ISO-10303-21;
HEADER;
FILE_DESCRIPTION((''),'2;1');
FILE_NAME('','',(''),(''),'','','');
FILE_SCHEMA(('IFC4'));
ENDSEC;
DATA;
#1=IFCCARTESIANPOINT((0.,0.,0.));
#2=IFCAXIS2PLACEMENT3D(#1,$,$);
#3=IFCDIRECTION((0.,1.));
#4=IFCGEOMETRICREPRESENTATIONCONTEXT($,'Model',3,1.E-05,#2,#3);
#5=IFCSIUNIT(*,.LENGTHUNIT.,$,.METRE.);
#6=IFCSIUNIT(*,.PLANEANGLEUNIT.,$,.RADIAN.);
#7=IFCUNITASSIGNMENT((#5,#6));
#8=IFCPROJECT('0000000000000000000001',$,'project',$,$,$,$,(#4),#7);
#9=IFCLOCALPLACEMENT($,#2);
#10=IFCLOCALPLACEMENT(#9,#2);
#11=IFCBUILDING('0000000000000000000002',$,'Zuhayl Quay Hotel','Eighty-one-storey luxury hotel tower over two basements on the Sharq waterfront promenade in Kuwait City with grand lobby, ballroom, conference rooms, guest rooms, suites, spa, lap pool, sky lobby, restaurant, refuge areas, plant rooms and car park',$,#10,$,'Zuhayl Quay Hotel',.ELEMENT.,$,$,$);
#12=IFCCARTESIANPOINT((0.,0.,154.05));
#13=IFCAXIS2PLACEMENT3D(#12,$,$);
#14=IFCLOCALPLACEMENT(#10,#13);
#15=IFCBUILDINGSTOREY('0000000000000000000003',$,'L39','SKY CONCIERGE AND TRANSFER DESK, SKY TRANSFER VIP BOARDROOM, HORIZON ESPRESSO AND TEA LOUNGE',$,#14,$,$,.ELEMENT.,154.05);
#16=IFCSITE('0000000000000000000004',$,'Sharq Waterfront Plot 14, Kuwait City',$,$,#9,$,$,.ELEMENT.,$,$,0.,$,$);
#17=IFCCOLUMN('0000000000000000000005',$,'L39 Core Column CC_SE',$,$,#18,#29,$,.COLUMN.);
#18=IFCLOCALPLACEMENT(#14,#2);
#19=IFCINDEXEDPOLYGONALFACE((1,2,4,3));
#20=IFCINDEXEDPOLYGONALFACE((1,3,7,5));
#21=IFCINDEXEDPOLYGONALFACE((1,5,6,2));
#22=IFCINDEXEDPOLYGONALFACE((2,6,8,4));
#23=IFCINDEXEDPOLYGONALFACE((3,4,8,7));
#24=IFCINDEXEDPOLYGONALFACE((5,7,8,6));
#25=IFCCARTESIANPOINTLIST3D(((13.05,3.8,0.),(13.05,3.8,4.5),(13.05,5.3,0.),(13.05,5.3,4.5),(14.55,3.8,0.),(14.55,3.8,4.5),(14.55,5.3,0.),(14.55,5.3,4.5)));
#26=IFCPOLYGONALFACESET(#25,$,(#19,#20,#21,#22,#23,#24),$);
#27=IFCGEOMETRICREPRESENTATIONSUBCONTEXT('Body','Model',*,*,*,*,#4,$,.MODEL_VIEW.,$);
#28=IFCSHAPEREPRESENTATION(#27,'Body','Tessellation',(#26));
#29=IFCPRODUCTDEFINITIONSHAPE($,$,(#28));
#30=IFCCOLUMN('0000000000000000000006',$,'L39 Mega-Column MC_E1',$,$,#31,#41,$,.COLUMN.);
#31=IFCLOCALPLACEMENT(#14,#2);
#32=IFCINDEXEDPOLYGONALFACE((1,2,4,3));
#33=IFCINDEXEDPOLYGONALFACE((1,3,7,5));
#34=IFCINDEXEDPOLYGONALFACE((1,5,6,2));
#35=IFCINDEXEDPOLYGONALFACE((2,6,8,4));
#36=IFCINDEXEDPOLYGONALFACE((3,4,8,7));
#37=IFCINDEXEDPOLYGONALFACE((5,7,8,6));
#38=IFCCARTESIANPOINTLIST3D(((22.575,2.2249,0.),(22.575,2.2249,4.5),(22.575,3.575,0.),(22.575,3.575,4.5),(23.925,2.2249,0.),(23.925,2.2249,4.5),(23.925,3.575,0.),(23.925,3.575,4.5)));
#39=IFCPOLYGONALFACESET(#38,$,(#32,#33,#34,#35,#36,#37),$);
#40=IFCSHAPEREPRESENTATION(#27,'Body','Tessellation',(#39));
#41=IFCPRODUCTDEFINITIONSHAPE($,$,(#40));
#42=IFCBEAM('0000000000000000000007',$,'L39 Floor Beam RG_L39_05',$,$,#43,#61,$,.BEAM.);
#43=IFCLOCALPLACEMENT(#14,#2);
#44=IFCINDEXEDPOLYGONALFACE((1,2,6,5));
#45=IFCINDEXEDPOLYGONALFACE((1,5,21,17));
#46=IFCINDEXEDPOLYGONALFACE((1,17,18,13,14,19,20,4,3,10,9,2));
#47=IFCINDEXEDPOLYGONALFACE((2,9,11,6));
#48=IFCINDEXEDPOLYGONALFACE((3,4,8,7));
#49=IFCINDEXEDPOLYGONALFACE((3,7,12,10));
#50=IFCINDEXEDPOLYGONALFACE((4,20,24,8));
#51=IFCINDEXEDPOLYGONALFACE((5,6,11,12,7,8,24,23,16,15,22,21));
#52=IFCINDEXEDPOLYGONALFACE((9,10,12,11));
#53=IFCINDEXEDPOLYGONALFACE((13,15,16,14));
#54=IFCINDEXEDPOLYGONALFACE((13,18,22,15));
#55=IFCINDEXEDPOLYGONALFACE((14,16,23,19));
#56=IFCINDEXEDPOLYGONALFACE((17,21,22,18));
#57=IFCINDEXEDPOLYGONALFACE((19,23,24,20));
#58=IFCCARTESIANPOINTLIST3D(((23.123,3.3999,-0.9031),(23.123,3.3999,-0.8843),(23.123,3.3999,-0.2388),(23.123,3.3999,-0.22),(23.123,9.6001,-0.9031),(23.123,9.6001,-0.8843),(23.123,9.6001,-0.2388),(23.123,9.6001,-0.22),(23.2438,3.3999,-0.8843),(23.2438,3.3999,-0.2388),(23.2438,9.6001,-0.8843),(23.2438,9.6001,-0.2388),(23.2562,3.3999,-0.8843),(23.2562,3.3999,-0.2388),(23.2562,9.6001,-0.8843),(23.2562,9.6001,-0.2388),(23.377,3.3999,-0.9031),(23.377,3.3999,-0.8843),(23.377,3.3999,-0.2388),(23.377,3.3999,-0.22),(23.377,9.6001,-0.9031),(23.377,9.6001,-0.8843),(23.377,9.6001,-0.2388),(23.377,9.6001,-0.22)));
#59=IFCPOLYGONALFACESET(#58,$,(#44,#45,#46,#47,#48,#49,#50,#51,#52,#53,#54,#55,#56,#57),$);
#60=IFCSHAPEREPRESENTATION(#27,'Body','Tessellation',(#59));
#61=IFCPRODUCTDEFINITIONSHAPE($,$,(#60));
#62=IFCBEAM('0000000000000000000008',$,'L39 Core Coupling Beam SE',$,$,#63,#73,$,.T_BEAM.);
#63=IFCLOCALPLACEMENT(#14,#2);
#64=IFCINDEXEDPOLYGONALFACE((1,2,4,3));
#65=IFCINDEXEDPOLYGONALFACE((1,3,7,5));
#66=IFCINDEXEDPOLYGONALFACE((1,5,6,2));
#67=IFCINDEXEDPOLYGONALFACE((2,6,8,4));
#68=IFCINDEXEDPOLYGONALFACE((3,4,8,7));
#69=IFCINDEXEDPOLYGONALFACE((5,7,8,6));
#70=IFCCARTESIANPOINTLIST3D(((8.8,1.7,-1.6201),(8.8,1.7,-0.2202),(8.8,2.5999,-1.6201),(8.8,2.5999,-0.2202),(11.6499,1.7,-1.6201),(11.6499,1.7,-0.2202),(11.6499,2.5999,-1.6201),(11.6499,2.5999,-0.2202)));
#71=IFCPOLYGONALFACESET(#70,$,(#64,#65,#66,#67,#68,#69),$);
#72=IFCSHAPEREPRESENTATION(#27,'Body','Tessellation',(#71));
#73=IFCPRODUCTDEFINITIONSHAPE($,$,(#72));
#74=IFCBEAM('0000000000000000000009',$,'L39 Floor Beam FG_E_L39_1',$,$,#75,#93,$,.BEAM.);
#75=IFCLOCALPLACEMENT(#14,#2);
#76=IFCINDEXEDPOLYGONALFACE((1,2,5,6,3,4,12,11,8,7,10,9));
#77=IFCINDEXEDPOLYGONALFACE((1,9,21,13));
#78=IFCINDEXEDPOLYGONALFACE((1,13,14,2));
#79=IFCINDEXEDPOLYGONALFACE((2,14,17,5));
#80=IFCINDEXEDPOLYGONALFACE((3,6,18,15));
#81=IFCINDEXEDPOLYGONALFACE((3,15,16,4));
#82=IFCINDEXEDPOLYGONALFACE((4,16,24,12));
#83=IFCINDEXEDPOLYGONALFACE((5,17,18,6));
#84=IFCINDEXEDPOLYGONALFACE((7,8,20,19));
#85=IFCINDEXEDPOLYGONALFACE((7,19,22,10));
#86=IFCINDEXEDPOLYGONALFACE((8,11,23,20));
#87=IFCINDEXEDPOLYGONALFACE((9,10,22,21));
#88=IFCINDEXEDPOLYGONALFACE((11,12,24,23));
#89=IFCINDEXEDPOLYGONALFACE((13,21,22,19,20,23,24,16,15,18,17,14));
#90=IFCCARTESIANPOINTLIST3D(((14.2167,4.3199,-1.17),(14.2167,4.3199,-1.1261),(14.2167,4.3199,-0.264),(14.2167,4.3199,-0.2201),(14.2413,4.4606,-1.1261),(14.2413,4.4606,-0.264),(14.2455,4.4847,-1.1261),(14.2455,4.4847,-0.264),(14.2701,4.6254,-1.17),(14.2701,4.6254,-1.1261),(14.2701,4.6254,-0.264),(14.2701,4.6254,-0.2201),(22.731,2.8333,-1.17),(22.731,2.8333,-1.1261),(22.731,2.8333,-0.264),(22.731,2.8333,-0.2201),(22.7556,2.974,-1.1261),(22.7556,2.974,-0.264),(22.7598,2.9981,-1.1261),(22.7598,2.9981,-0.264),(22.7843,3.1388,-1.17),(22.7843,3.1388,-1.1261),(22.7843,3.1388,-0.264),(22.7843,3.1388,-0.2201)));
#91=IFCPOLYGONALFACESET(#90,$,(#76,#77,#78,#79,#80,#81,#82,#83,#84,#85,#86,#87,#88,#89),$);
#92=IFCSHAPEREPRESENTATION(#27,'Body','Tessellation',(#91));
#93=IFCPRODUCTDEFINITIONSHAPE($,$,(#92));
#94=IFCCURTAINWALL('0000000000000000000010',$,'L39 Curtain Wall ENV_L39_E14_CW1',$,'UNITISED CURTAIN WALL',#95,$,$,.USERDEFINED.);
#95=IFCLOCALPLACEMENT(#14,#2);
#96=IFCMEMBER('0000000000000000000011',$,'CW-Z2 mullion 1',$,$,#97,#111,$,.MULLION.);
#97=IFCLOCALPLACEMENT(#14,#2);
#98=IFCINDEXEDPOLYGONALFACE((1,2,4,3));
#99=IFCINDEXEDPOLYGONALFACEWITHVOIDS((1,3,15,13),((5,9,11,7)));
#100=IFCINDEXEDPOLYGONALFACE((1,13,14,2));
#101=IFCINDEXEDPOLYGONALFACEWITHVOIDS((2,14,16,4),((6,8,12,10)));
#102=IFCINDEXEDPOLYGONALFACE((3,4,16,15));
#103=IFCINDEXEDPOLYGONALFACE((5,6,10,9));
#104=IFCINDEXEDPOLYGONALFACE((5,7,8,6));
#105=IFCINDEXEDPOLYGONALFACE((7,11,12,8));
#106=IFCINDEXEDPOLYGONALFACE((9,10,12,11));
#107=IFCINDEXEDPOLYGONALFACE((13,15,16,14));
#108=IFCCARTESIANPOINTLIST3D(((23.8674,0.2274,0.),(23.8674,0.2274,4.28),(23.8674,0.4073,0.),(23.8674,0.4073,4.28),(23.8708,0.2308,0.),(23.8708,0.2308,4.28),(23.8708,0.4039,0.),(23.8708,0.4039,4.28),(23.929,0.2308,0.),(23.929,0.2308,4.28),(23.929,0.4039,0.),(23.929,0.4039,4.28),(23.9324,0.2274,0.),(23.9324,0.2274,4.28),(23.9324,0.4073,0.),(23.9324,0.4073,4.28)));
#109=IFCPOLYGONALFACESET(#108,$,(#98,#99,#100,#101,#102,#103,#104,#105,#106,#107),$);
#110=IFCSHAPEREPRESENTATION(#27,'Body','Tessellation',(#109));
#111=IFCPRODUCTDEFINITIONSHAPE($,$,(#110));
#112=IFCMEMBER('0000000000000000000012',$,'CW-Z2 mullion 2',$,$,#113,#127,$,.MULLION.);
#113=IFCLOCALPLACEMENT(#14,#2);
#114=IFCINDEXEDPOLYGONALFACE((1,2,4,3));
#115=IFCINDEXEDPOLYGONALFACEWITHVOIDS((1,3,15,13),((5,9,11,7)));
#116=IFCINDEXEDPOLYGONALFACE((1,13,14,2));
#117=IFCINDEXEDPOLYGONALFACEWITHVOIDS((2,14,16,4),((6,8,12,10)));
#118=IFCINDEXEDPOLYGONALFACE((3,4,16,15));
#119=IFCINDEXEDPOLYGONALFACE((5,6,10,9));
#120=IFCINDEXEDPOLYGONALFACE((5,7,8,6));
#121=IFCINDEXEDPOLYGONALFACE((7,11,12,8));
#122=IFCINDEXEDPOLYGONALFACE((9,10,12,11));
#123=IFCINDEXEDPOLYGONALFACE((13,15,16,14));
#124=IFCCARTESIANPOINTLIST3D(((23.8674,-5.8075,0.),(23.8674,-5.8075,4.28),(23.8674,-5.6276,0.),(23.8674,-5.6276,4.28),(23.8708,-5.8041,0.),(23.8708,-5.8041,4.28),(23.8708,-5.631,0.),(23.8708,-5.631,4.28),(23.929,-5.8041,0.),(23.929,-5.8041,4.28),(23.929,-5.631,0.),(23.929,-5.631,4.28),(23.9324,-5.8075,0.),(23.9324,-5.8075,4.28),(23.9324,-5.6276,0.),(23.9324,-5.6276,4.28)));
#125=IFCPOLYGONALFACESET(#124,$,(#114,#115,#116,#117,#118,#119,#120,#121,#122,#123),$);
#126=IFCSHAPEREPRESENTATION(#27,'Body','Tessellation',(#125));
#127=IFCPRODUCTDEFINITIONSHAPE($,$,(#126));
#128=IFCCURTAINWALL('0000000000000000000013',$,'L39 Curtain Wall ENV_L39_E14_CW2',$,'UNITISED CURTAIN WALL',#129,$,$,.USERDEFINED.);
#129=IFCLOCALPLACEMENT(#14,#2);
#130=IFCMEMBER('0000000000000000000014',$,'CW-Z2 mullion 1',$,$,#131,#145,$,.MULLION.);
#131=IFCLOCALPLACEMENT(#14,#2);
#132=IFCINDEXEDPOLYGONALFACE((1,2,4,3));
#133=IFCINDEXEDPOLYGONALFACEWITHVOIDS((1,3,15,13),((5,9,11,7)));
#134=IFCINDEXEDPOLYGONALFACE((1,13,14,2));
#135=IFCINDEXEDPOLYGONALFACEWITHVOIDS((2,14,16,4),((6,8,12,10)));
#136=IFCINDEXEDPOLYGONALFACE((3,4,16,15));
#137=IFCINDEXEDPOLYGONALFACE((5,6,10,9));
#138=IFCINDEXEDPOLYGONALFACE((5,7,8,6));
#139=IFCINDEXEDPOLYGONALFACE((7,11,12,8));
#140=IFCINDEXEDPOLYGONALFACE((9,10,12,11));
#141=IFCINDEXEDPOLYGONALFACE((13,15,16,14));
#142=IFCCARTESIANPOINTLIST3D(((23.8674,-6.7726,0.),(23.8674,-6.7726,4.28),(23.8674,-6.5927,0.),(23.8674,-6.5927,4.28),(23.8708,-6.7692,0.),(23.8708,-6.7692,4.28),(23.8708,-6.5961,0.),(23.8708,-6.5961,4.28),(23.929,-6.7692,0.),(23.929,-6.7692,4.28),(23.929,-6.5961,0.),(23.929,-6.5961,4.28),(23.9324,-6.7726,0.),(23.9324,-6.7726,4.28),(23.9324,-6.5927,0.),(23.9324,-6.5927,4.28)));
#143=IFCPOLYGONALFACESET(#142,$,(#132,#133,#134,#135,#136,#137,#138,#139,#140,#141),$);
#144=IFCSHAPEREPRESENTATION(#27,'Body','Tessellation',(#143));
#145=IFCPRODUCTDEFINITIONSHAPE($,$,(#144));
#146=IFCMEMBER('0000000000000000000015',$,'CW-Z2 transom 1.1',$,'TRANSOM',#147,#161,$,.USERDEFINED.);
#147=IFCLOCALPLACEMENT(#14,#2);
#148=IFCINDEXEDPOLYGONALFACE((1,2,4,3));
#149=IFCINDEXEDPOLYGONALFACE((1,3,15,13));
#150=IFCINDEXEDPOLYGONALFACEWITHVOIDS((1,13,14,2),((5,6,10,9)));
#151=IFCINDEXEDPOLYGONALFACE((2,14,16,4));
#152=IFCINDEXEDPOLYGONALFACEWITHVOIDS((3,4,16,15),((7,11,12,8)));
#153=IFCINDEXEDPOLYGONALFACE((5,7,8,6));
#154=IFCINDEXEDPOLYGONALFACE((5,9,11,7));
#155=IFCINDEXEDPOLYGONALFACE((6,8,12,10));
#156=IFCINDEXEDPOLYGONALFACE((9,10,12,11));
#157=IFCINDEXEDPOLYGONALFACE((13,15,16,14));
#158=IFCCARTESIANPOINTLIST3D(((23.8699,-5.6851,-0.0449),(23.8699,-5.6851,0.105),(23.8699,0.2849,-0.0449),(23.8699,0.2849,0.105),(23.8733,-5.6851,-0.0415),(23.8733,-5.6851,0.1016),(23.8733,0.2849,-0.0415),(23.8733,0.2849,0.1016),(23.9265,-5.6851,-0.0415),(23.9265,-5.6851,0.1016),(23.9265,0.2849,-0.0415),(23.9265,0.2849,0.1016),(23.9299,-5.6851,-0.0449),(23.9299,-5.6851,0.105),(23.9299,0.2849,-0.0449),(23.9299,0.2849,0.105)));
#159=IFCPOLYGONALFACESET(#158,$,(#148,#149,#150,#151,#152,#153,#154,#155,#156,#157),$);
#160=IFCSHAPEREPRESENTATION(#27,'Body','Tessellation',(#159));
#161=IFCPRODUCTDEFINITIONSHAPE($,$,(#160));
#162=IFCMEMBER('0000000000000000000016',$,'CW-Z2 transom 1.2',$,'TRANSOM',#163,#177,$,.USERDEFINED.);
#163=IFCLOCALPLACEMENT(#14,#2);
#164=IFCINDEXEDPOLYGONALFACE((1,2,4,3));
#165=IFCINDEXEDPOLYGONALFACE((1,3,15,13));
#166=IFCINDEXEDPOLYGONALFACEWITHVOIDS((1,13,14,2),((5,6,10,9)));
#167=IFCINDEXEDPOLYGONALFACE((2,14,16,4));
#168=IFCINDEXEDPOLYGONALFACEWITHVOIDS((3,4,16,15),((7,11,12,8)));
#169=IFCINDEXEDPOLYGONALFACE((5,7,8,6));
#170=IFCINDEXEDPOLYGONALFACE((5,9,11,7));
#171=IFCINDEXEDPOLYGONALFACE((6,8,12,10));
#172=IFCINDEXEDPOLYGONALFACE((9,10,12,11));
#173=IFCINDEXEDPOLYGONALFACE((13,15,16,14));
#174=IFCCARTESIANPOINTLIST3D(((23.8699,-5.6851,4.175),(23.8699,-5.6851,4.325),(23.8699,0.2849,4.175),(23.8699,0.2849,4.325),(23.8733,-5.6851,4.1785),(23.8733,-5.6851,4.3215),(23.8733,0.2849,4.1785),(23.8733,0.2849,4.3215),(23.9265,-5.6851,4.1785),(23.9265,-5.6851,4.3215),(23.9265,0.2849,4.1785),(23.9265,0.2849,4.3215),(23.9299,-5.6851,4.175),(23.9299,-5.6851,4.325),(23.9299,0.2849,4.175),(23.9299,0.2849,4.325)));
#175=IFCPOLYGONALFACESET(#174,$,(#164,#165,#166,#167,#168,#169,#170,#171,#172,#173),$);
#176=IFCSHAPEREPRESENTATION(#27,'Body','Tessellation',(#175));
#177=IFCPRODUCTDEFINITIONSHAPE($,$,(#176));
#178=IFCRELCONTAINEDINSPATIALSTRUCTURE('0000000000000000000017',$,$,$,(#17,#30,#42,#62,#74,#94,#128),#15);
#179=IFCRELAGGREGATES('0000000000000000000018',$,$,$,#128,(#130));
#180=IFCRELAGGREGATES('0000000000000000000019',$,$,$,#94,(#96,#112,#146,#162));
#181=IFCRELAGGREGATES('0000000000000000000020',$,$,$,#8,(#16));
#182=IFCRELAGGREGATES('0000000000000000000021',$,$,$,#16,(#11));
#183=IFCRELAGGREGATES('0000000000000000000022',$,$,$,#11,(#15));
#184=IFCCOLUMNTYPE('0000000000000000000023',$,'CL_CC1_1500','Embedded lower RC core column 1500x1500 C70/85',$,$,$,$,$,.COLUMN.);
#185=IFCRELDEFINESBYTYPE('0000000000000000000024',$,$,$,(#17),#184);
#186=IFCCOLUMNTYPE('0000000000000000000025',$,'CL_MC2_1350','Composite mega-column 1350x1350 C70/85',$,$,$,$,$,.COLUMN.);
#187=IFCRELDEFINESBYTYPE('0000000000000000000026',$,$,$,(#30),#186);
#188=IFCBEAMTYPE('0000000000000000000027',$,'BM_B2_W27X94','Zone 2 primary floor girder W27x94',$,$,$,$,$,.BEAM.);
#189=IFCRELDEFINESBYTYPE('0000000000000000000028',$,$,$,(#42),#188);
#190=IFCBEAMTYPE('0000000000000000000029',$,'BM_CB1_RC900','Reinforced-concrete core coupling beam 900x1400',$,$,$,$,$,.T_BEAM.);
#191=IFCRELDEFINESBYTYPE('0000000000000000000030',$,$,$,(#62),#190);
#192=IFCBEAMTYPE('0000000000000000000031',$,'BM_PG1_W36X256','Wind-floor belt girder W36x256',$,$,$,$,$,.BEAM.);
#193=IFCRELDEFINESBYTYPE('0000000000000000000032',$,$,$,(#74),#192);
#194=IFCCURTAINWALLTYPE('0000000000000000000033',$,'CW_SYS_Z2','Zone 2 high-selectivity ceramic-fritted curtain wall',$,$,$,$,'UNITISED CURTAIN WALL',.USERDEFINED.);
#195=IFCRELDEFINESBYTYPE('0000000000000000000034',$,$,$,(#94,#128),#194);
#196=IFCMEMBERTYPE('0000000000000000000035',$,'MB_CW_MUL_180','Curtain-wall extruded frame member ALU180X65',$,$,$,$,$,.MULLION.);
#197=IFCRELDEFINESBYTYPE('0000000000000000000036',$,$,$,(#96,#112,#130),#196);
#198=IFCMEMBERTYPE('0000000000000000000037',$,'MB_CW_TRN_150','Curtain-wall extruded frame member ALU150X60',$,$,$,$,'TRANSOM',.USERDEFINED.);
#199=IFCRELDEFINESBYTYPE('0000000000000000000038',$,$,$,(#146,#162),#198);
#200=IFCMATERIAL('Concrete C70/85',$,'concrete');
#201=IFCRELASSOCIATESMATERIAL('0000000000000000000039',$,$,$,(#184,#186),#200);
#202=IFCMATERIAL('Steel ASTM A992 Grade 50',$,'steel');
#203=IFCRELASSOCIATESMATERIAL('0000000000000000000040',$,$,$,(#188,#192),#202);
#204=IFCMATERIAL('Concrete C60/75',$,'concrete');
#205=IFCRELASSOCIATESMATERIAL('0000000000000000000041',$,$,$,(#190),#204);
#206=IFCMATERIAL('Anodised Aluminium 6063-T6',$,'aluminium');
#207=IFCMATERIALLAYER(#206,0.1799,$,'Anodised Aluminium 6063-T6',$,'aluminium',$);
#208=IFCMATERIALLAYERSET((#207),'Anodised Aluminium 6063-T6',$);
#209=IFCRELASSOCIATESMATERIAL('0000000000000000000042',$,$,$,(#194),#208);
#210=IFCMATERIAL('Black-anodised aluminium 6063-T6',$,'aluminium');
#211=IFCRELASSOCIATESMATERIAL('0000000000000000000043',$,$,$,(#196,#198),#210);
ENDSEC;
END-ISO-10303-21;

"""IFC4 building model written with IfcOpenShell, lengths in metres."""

from ifc_helpers import new_model, si_unit, direction, frame, origin, origin_2d, place, context, subcontext, project, spatial, rectangle, hollow_rectangle, i_section, extrude, material, layer, layer_set, material_profile, profile_set, type_object, element, aggregate, save


model = new_model("IFC4")

# Units and contexts
model_context = context("Model", 3, precision=1e-05, world=origin(), true_north=direction((0.0, 1.0)))
body_context = subcontext(model_context, "Body", "Model", "MODEL_VIEW")
ifc_project = project(units=[si_unit("LENGTHUNIT", "METRE"), si_unit("PLANEANGLEUNIT", "RADIAN")], contexts=[model_context])

# Site, building, storey
site_placement = place(None, origin())
site = spatial("IfcSite", under=ifc_project, at=site_placement, Name="Sharq Waterfront Plot 14, Kuwait City", CompositionType="ELEMENT", RefElevation=0.0)
building_placement = place(site_placement, origin())
building = spatial("IfcBuilding", under=site, at=building_placement, Name="Zuhayl Quay Hotel", Description="Eighty-one-storey luxury hotel tower over two basements on the Sharq waterfront promenade in Kuwait City with grand lobby, ballroom, conference rooms, guest rooms, suites, spa, lap pool, sky lobby, restaurant, refuge areas, plant rooms and car park", LongName="Zuhayl Quay Hotel", CompositionType="ELEMENT")
storey_placement = place(building_placement, frame((0.0, 0.0, 154.05)))
storey = spatial("IfcBuildingStorey", under=building, at=storey_placement, Name="L39", Description="SKY CONCIERGE AND TRANSFER DESK, SKY TRANSFER VIP BOARDROOM, HORIZON ESPRESSO AND TEA LOUNGE", CompositionType="ELEMENT", Elevation=154.05)

# Columns
ifc_material_1 = material(Name="Concrete C70/85", Category="concrete")
ifc_material_profile_1 = material_profile(ifc_material_1, rectangle(XDim=1.5, YDim=1.5, at=origin_2d()), Name="RC1500X1500")
ifc_profile_set_1 = profile_set([ifc_material_profile_1], Name="Concrete C70/85")
column_type_1 = type_object("IfcColumnType", Name="CL_CC1_1500", Description="Embedded lower RC core column 1500x1500 C70/85", PredefinedType="COLUMN", material=ifc_profile_set_1)
column_1_placement = place(storey_placement, frame((13.8, 4.55, 0.0), z_axis=(0.0, 0.0, 1.0), x_axis=(1.0, 0.0, 0.0)))
element("IfcColumn", 1, at=column_1_placement, inside=storey, type_object=column_type_1, Name="L39 Core Column CC_SE", PredefinedType="COLUMN", context=body_context, shape_type="SweptSolid", body=[
    extrude(rectangle(XDim=1.5, YDim=1.5, at=origin_2d()), origin(), (0.0, 0.0, 1.0), 4.5),
])
ifc_material_profile_2 = material_profile(ifc_material_1, rectangle(XDim=1.3501, YDim=1.3501, at=origin_2d()), Name="RC1350X1350")
ifc_profile_set_2 = profile_set([ifc_material_profile_2], Name="Concrete C70/85")
column_type_2 = type_object("IfcColumnType", Name="CL_MC2_1350", Description="Composite mega-column 1350x1350 C70/85", PredefinedType="COLUMN", material=ifc_profile_set_2)
column_2_placement = place(storey_placement, frame((23.25, 2.8999, 0.0), z_axis=(0.0, 0.0, 1.0), x_axis=(1.0, 0.0, 0.0)))
element("IfcColumn", 2, at=column_2_placement, inside=storey, type_object=column_type_2, Name="L39 Mega-Column MC_E1", PredefinedType="COLUMN", context=body_context, shape_type="SweptSolid", body=[
    extrude(rectangle(XDim=1.3501, YDim=1.3501, at=origin_2d()), origin(), (0.0, 0.0, 1.0), 4.5),
])

# Beams
ifc_material_2 = material(Name="Steel ASTM A992 Grade 50", Category="steel")
ifc_material_profile_3 = material_profile(ifc_material_2, i_section(OverallWidth=0.2539, OverallDepth=0.6831, WebThickness=0.0125, FlangeThickness=0.0188, at=origin_2d()), Name="W27X94")
ifc_profile_set_3 = profile_set([ifc_material_profile_3], Name="Steel ASTM A992 Grade 50")
beam_type_1 = type_object("IfcBeamType", Name="BM_B2_W27X94", Description="Zone 2 primary floor girder W27x94", PredefinedType="BEAM", material=ifc_profile_set_3)
beam_1_placement = place(storey_placement, frame((23.25, 3.3999, -0.5615), z_axis=(0.0, 1.0, 0.0), x_axis=(-1.0, 0.0, 0.0)))
element("IfcBeam", 3, at=beam_1_placement, inside=storey, type_object=beam_type_1, Name="L39 Floor Beam RG_L39_05", PredefinedType="BEAM", context=body_context, shape_type="SweptSolid", body=[
    extrude(i_section(OverallWidth=0.2539, OverallDepth=0.6831, WebThickness=0.0125, FlangeThickness=0.0188, at=origin_2d()), origin(), (0.0, 0.0, 1.0), 6.2002),
])
ifc_material_3 = material(Name="Concrete C60/75", Category="concrete")
ifc_material_profile_4 = material_profile(ifc_material_3, rectangle(XDim=0.8999, YDim=1.3999, at=origin_2d()), Name="RC900X1400")
ifc_profile_set_4 = profile_set([ifc_material_profile_4], Name="Concrete C60/75")
beam_type_2 = type_object("IfcBeamType", Name="BM_CB1_RC900", Description="Reinforced-concrete core coupling beam 900x1400", PredefinedType="T_BEAM", material=ifc_profile_set_4)
beam_2_placement = place(storey_placement, frame((8.8, 2.1499, -0.9202), z_axis=(1.0, 0.0, 0.0), x_axis=(0.0, 1.0, 0.0)))
element("IfcBeam", 4, at=beam_2_placement, inside=storey, type_object=beam_type_2, Name="L39 Core Coupling Beam SE", PredefinedType="T_BEAM", context=body_context, shape_type="SweptSolid", body=[
    extrude(rectangle(XDim=0.8999, YDim=1.3999, at=origin_2d()), origin(), (0.0, 0.0, 1.0), 2.8499),
])
ifc_material_profile_5 = material_profile(ifc_material_2, i_section(OverallWidth=0.3101, OverallDepth=0.95, WebThickness=0.0244, FlangeThickness=0.0439, at=origin_2d()), Name="W36X256")
ifc_profile_set_5 = profile_set([ifc_material_profile_5], Name="Steel ASTM A992 Grade 50")
beam_type_3 = type_object("IfcBeamType", Name="BM_PG1_W36X256", Description="Wind-floor belt girder W36x256", PredefinedType="BEAM", material=ifc_profile_set_5)
beam_3_placement = place(storey_placement, frame((14.2434, 4.4727, -0.6951), z_axis=(0.985097, -0.171998, 0.0), x_axis=(0.171998, 0.985097, 0.0)))
element("IfcBeam", 5, at=beam_3_placement, inside=storey, type_object=beam_type_3, Name="L39 Floor Beam FG_E_L39_1", PredefinedType="BEAM", context=body_context, shape_type="SweptSolid", body=[
    extrude(i_section(OverallWidth=0.3101, OverallDepth=0.95, WebThickness=0.0244, FlangeThickness=0.0439, at=origin_2d()), origin(), (0.0, 0.0, 1.0), 8.6431),
])

# Curtain wall, members
ifc_material_4 = material(Name="Anodised Aluminium 6063-T6", Category="aluminium")
ifc_layer_1 = layer(ifc_material_4, 0.1799, Name="Anodised Aluminium 6063-T6", Category="aluminium")
ifc_layer_set_1 = layer_set([ifc_layer_1], Name="Anodised Aluminium 6063-T6")
curtain_wall_type = type_object("IfcCurtainWallType", Name="CW_SYS_Z2", Description="Zone 2 high-selectivity ceramic-fritted curtain wall", ElementType="UNITISED CURTAIN WALL", PredefinedType="USERDEFINED", material=ifc_layer_set_1)
curtain_wall_1_placement = place(storey_placement, origin())
curtain_wall_1 = element("IfcCurtainWall", 6, at=curtain_wall_1_placement, inside=storey, type_object=curtain_wall_type, Name="L39 Curtain Wall ENV_L39_E14_CW1", ObjectType="UNITISED CURTAIN WALL", PredefinedType="USERDEFINED")
ifc_material_5 = material(Name="Black-anodised aluminium 6063-T6", Category="aluminium")
ifc_material_profile_6 = material_profile(ifc_material_5, hollow_rectangle(XDim=0.0649, YDim=0.1799, WallThickness=0.0034, at=origin_2d()), Name="ALU180X65")
ifc_profile_set_6 = profile_set([ifc_material_profile_6], Name="Black-anodised aluminium 6063-T6")
member_type_1 = type_object("IfcMemberType", Name="MB_CW_MUL_180", Description="Curtain-wall extruded frame member ALU180X65", PredefinedType="MULLION", material=ifc_profile_set_6)
member_1_placement = place(storey_placement, frame((23.8999, 0.3174, 0.0), z_axis=(0.0, 0.0, 1.0), x_axis=(1.0, 0.0, 0.0)))
member_1 = element("IfcMember", 7, at=member_1_placement, type_object=member_type_1, Name="CW-Z2 mullion 1", PredefinedType="MULLION", context=body_context, shape_type="SweptSolid", body=[
    extrude(hollow_rectangle(XDim=0.0649, YDim=0.1799, WallThickness=0.0034, at=origin_2d()), origin(), (0.0, 0.0, 1.0), 4.28),
])
member_2_placement = place(storey_placement, frame((23.8999, -5.7175, 0.0), z_axis=(0.0, 0.0, 1.0), x_axis=(1.0, 0.0, 0.0)))
member_2 = element("IfcMember", 8, at=member_2_placement, type_object=member_type_1, Name="CW-Z2 mullion 2", PredefinedType="MULLION", context=body_context, shape_type="SweptSolid", body=[
    extrude(hollow_rectangle(XDim=0.0649, YDim=0.1799, WallThickness=0.0034, at=origin_2d()), origin(), (0.0, 0.0, 1.0), 4.28),
])

# Curtain wall, member
curtain_wall_2_placement = place(storey_placement, origin())
curtain_wall_2 = element("IfcCurtainWall", 9, at=curtain_wall_2_placement, inside=storey, type_object=curtain_wall_type, Name="L39 Curtain Wall ENV_L39_E14_CW2", ObjectType="UNITISED CURTAIN WALL", PredefinedType="USERDEFINED")
member_3_placement = place(storey_placement, frame((23.8999, -6.6826, 0.0), z_axis=(0.0, 0.0, 1.0), x_axis=(1.0, 0.0, 0.0)))
member_3 = element("IfcMember", 10, at=member_3_placement, type_object=member_type_1, Name="CW-Z2 mullion 1", PredefinedType="MULLION", context=body_context, shape_type="SweptSolid", body=[
    extrude(hollow_rectangle(XDim=0.0649, YDim=0.1799, WallThickness=0.0034, at=origin_2d()), origin(), (0.0, 0.0, 1.0), 4.28),
])

# Members
ifc_material_profile_7 = material_profile(ifc_material_5, hollow_rectangle(XDim=0.0601, YDim=0.1499, WallThickness=0.0034, at=origin_2d()), Name="ALU150X60")
ifc_profile_set_7 = profile_set([ifc_material_profile_7], Name="Black-anodised aluminium 6063-T6")
member_type_2 = type_object("IfcMemberType", Name="MB_CW_TRN_150", Description="Curtain-wall extruded frame member ALU150X60", ElementType="TRANSOM", PredefinedType="USERDEFINED", material=ifc_profile_set_7)
member_4_placement = place(storey_placement, frame((23.8999, 0.2849, 0.03), z_axis=(0.0, -1.0, 0.0), x_axis=(1.0, 0.0, 0.0)))
member_4 = element("IfcMember", 11, at=member_4_placement, type_object=member_type_2, Name="CW-Z2 transom 1.1", ObjectType="TRANSOM", PredefinedType="USERDEFINED", context=body_context, shape_type="SweptSolid", body=[
    extrude(hollow_rectangle(XDim=0.0601, YDim=0.1499, WallThickness=0.0034, at=origin_2d()), origin(), (0.0, 0.0, 1.0), 5.97),
])
member_5_placement = place(storey_placement, frame((23.8999, 0.2849, 4.25), z_axis=(0.0, -1.0, 0.0), x_axis=(1.0, 0.0, 0.0)))
member_5 = element("IfcMember", 12, at=member_5_placement, type_object=member_type_2, Name="CW-Z2 transom 1.2", ObjectType="TRANSOM", PredefinedType="USERDEFINED", context=body_context, shape_type="SweptSolid", body=[
    extrude(hollow_rectangle(XDim=0.0601, YDim=0.1499, WallThickness=0.0034, at=origin_2d()), origin(), (0.0, 0.0, 1.0), 5.97),
])
aggregate(curtain_wall_2, [member_3])

aggregate(curtain_wall_1, [member_1, member_2, member_4, member_5])

save(model, "model.ifc")
